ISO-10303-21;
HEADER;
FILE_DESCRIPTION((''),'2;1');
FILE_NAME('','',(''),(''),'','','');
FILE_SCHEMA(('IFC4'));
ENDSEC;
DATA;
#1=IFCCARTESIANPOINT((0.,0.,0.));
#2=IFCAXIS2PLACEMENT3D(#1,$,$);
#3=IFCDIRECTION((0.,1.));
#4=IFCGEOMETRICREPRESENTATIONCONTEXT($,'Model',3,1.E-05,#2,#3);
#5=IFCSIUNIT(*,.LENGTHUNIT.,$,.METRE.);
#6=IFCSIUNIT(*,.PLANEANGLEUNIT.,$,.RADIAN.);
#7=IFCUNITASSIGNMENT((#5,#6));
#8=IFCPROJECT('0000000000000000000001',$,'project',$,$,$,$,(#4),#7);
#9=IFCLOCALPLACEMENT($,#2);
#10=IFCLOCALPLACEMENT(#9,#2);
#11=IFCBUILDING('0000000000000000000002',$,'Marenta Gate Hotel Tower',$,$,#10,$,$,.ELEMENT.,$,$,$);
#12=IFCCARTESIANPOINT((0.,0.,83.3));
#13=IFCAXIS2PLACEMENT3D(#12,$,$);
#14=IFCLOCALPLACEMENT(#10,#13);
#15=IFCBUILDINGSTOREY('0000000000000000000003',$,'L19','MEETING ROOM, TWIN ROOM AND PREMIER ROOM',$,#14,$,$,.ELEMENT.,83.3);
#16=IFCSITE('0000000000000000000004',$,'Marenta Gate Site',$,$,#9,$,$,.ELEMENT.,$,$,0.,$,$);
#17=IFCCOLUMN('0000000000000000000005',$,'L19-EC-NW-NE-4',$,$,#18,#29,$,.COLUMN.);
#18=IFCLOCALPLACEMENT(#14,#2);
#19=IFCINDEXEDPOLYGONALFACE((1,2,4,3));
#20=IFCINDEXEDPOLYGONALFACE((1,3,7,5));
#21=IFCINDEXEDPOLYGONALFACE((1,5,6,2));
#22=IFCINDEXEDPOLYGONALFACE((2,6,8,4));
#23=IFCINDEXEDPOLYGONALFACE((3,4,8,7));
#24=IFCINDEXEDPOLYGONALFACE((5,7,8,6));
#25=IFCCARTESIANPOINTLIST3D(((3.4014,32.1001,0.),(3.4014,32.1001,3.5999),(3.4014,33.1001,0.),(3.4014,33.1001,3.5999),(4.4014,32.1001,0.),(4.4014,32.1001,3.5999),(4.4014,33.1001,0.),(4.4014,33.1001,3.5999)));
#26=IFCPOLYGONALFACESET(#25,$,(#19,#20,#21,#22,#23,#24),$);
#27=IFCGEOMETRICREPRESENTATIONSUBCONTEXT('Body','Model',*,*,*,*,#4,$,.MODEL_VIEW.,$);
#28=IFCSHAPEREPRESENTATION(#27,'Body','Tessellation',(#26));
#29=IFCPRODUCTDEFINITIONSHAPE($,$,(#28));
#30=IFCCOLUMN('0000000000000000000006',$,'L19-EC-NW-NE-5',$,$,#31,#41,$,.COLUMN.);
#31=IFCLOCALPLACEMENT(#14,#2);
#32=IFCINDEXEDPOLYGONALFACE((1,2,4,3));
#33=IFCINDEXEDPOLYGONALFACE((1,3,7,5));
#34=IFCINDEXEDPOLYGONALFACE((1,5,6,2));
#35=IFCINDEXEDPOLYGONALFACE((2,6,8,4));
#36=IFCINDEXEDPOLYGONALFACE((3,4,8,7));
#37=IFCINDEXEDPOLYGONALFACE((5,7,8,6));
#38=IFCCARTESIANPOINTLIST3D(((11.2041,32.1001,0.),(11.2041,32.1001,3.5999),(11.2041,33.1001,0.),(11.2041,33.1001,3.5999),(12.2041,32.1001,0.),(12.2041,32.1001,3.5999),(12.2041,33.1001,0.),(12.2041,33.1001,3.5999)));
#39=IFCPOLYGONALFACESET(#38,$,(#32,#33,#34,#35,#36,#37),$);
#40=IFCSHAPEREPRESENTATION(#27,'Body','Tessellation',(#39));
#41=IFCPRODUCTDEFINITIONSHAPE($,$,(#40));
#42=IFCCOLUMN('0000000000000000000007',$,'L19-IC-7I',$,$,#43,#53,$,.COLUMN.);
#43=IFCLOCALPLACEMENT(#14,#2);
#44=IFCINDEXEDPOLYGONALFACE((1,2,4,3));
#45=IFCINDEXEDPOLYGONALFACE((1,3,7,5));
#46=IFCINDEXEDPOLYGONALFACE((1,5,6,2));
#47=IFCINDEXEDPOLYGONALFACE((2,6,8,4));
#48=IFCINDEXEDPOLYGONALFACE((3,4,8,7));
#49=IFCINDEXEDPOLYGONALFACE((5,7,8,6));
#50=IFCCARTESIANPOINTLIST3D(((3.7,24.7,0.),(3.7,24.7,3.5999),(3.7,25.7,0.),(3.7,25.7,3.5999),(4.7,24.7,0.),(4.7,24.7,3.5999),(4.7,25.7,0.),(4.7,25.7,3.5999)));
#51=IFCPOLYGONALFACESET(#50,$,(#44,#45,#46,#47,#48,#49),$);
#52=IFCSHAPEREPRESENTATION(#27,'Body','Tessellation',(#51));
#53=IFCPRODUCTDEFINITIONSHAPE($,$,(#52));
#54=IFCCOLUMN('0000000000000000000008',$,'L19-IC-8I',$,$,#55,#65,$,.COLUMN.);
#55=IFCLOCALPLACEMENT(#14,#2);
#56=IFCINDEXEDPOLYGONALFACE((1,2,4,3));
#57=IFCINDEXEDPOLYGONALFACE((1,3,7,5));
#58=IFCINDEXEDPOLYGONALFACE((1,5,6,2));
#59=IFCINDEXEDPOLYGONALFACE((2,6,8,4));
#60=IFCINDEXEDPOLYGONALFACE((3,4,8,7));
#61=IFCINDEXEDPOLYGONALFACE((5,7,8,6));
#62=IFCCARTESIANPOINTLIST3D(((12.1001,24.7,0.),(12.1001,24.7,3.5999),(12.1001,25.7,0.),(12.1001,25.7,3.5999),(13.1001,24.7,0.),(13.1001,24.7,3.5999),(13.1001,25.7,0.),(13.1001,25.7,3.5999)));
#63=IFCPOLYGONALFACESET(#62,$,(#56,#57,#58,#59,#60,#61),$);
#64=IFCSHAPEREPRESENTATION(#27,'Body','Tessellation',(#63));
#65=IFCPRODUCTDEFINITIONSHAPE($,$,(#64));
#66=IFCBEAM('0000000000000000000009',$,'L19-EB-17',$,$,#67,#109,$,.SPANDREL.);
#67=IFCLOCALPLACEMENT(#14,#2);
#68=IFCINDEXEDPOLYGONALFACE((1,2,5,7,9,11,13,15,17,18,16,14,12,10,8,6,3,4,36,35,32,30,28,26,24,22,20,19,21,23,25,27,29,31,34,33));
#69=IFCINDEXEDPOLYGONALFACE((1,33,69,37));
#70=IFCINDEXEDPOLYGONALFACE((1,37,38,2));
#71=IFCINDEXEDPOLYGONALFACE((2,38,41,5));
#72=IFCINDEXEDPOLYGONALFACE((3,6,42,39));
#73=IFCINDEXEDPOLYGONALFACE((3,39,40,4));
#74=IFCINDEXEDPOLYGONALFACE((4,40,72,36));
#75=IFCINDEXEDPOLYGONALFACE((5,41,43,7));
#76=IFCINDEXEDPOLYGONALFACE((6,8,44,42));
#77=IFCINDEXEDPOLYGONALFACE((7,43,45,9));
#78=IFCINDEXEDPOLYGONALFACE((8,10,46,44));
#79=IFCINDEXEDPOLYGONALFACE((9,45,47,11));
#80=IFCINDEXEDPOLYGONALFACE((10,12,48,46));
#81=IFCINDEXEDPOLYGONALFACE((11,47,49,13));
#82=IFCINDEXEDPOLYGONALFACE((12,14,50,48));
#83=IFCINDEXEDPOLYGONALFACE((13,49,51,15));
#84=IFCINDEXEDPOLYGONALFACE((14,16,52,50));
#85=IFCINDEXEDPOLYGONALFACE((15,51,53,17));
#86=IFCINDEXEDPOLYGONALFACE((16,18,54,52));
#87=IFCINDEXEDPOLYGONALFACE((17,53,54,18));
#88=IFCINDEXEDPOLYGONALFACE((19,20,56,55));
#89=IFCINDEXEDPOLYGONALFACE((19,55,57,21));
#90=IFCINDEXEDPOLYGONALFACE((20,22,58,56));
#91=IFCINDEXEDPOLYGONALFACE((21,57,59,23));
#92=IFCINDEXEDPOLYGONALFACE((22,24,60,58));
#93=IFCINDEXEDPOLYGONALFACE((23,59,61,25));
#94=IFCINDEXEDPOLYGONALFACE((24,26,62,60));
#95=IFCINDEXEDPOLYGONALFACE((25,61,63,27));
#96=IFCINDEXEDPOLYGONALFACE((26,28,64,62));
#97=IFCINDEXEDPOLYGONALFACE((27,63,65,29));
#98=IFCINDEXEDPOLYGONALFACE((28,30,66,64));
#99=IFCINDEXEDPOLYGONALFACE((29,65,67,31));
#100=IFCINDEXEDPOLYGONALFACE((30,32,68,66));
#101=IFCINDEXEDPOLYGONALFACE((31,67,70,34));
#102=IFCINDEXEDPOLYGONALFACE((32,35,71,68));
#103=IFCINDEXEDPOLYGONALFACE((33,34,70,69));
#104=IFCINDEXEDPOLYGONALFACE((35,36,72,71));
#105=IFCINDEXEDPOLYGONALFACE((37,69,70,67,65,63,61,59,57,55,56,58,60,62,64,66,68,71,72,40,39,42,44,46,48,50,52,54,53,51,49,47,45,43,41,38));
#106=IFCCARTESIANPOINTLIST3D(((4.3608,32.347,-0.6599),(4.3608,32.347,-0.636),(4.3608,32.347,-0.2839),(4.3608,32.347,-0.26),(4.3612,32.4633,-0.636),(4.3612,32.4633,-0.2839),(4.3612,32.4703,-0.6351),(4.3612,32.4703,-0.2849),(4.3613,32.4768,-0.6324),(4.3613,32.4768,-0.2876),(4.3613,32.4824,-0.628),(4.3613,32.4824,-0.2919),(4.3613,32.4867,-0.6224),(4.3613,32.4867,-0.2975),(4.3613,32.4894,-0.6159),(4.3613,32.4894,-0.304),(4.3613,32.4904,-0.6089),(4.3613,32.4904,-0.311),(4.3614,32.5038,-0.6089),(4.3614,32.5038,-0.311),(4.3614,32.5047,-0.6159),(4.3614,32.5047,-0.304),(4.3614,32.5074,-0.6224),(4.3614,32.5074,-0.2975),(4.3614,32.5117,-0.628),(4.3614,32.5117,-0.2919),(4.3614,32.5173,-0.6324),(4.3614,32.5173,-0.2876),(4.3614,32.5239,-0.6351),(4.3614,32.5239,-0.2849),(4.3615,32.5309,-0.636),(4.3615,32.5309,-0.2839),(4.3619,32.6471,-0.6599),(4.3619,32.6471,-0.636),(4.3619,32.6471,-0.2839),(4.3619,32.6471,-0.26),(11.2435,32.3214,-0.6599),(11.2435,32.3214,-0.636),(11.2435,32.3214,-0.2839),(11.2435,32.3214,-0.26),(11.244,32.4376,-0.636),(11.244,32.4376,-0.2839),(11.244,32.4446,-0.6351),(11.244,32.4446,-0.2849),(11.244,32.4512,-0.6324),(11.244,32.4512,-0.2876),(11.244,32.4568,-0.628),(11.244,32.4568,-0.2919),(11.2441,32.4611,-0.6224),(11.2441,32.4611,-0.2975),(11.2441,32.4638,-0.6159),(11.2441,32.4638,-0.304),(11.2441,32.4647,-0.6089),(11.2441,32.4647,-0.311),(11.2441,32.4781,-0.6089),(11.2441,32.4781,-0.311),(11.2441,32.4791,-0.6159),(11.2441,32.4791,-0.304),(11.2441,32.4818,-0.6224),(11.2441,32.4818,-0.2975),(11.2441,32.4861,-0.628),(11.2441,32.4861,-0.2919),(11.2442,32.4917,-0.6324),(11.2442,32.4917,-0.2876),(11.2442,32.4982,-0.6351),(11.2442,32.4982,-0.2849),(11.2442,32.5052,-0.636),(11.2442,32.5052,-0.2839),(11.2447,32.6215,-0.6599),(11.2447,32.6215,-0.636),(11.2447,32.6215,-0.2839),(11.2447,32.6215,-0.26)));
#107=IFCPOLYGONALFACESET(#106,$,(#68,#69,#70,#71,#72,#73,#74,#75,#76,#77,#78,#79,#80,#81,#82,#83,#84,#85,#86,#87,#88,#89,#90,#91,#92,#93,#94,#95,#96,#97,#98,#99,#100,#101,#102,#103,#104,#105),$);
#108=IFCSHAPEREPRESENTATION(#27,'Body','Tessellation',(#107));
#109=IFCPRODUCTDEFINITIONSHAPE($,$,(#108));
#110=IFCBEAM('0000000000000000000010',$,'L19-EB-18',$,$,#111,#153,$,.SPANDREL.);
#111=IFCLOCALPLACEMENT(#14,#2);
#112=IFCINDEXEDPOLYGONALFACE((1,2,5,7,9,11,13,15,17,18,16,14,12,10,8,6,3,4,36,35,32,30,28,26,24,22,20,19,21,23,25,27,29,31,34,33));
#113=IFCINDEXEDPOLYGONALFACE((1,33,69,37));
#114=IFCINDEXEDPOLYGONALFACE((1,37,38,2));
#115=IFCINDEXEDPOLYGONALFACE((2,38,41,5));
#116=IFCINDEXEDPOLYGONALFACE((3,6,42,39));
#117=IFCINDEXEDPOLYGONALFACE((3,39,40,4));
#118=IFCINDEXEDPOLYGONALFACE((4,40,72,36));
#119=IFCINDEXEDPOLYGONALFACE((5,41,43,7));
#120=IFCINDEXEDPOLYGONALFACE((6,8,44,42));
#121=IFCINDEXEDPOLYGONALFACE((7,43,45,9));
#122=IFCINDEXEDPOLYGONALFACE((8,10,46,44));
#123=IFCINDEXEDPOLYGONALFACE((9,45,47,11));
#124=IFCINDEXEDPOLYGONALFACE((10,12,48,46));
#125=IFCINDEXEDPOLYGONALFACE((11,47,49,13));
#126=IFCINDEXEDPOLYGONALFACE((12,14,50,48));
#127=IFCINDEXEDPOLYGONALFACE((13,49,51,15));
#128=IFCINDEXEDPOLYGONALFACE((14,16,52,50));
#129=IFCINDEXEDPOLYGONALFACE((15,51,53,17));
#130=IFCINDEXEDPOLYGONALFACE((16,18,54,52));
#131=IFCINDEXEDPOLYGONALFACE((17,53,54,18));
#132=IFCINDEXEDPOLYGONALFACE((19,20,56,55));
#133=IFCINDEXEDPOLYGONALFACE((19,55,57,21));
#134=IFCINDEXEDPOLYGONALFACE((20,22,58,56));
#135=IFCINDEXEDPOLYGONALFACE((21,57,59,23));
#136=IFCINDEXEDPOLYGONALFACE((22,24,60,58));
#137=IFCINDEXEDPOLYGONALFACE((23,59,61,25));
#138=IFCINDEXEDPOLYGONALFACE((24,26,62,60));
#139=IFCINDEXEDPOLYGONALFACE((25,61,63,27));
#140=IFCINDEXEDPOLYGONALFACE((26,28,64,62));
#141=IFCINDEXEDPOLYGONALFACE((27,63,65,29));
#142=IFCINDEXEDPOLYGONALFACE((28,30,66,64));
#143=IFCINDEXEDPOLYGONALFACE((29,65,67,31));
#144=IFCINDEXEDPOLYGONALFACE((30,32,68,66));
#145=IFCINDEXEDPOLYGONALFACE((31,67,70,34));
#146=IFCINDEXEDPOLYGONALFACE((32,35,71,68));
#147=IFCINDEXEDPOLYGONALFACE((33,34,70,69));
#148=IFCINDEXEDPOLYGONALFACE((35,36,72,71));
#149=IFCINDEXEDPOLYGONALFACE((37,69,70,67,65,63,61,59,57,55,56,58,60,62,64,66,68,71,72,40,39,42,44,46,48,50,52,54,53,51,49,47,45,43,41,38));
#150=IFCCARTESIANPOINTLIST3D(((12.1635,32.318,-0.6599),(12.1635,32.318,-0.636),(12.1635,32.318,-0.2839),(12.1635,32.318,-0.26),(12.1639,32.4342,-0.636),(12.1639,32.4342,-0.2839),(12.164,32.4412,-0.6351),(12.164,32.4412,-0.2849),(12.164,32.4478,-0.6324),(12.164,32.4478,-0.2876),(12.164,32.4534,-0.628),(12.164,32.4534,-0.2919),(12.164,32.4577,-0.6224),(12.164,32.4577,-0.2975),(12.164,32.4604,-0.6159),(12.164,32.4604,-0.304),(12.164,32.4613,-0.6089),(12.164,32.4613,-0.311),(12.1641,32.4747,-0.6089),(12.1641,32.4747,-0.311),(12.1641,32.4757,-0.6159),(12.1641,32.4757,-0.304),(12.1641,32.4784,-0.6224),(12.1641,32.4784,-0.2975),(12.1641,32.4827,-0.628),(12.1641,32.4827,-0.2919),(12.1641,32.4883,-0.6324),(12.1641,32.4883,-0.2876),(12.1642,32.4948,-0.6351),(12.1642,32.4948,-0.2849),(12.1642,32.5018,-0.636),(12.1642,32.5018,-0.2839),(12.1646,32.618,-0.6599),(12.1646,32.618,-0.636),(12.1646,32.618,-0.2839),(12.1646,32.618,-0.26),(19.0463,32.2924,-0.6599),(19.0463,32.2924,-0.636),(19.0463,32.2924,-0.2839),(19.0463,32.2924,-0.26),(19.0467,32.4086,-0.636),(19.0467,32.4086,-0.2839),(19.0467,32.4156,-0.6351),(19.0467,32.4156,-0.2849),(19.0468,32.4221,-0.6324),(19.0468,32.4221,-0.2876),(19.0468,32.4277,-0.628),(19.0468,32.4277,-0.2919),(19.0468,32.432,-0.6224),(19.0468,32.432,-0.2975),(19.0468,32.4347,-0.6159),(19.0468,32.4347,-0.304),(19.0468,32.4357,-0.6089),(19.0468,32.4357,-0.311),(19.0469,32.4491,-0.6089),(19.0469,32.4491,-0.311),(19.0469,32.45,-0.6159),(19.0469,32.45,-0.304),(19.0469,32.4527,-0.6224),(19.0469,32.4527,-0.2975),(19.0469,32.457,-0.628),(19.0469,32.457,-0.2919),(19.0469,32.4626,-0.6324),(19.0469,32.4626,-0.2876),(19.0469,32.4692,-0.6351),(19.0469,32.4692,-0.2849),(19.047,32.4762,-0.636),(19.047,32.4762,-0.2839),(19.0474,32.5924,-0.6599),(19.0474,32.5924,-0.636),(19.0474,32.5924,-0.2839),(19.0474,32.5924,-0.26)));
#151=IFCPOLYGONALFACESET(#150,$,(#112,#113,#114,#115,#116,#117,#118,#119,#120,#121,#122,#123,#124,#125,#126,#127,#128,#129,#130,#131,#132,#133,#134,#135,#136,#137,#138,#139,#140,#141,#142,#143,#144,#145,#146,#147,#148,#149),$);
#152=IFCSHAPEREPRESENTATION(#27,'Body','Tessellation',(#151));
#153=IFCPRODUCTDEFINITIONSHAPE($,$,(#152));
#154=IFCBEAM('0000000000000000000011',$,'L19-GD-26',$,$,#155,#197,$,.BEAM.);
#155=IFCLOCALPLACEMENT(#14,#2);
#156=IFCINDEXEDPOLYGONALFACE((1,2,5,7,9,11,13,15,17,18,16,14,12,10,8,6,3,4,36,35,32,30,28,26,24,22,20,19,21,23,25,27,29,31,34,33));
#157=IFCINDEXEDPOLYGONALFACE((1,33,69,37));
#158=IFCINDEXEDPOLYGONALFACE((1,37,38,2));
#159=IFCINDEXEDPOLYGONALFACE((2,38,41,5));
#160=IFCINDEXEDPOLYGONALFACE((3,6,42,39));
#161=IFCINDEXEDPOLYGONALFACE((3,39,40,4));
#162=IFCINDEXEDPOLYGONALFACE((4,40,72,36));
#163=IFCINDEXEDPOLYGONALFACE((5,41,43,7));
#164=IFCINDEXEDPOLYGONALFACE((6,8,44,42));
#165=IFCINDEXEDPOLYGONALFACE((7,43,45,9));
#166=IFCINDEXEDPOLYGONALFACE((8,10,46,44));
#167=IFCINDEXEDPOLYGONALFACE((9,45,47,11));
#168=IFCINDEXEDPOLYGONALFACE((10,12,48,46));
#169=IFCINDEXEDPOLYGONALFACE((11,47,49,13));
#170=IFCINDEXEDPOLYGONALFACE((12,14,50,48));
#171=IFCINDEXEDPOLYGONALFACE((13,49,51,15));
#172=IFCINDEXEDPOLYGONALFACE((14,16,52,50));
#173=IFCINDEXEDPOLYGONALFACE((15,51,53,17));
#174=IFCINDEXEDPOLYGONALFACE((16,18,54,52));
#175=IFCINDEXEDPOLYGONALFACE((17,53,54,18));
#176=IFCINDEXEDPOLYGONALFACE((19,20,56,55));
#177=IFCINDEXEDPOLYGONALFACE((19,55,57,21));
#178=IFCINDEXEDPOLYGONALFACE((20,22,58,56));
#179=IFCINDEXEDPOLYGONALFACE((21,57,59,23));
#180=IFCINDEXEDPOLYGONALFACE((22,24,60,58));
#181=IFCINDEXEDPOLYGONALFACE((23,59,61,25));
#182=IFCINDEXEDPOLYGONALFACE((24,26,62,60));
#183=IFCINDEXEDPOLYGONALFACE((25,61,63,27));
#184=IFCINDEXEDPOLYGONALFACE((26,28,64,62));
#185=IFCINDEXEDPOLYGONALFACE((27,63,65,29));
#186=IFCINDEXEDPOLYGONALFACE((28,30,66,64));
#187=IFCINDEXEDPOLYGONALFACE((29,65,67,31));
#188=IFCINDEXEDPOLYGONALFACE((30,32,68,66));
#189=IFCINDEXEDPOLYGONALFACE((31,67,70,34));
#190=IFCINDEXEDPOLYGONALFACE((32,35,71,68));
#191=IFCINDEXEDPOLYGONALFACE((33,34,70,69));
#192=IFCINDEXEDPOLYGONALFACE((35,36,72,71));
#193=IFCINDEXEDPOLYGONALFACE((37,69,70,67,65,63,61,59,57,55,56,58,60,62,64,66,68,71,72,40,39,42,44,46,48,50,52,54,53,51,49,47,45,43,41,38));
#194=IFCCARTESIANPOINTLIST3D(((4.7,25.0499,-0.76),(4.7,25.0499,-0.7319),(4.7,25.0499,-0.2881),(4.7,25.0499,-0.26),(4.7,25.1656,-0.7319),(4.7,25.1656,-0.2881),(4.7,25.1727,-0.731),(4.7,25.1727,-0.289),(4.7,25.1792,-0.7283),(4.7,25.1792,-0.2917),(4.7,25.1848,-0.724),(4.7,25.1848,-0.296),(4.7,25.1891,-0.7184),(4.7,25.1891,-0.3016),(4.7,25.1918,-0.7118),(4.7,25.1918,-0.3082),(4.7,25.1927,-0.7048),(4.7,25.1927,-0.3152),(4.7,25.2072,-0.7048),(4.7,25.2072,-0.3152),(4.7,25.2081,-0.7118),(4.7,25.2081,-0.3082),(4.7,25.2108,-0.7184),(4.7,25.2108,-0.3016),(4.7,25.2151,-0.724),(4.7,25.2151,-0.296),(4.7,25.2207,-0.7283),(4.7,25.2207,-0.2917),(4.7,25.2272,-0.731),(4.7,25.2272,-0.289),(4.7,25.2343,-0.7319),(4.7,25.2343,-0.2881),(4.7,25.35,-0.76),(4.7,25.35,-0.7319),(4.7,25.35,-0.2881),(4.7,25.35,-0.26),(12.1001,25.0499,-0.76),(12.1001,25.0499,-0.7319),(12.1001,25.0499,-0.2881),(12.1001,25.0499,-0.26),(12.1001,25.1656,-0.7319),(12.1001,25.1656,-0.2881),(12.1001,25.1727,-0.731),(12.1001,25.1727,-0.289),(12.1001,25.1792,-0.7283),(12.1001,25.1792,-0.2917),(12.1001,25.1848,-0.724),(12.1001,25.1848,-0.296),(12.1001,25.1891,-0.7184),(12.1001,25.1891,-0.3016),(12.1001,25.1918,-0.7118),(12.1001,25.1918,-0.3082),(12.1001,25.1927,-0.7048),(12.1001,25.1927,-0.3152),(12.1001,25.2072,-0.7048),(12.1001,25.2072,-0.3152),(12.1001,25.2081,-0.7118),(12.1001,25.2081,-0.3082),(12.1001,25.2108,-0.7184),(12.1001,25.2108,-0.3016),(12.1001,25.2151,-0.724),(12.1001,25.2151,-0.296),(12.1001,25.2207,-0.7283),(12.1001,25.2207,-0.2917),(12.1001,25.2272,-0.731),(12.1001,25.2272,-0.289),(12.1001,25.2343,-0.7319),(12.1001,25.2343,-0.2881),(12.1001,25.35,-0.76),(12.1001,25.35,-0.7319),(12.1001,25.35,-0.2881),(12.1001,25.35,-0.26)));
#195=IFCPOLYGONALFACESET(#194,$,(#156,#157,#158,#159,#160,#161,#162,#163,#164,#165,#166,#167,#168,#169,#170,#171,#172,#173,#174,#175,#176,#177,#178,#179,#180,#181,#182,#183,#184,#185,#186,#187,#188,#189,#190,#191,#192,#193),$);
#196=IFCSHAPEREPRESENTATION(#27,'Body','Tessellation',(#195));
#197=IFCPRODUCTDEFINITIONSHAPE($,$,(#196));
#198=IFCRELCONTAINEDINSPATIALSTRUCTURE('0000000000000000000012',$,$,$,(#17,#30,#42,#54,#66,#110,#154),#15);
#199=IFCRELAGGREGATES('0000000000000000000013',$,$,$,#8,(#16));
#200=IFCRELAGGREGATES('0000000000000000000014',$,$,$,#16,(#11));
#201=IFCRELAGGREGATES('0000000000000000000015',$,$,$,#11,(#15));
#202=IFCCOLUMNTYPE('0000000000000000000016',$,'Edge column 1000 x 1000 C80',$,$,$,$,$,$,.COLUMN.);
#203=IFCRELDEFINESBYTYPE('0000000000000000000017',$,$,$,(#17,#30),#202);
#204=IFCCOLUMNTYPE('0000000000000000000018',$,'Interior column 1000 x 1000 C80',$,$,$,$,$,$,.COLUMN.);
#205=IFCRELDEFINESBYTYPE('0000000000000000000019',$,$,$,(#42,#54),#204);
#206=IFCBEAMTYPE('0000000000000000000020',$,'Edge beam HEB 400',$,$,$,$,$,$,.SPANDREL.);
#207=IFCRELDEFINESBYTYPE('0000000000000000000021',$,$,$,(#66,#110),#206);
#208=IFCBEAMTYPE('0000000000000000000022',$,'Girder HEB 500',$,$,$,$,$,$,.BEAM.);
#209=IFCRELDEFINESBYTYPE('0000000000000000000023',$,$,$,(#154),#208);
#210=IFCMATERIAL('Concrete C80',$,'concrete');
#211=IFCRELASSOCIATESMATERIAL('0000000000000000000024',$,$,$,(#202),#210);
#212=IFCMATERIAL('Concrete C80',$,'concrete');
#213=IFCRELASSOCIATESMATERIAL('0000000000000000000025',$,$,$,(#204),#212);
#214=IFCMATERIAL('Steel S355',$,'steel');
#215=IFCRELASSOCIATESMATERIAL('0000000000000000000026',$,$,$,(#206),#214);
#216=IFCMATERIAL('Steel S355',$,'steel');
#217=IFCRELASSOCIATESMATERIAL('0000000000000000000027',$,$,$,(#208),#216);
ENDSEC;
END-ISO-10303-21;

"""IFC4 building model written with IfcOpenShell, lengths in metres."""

from ifc_helpers import new_model, si_unit, direction, frame, origin, origin_2d, place, context, subcontext, project, spatial, rectangle, i_section, extrude, material, material_profile, profile_set, type_object, element, save


model = new_model("IFC4")

# Units and contexts
model_context = context("Model", 3, precision=1e-05, world=origin(), true_north=direction((0.0, 1.0)))
body_context = subcontext(model_context, "Body", "Model", "MODEL_VIEW")
ifc_project = project(units=[si_unit("LENGTHUNIT", "METRE"), si_unit("PLANEANGLEUNIT", "RADIAN")], contexts=[model_context])

# Site, building, storey
site_placement = place(None, origin())
site = spatial("IfcSite", under=ifc_project, at=site_placement, Name="Marenta Gate Site", CompositionType="ELEMENT", RefElevation=0.0)
building_placement = place(site_placement, origin())
building = spatial("IfcBuilding", under=site, at=building_placement, Name="Marenta Gate Hotel Tower", CompositionType="ELEMENT")
storey_placement = place(building_placement, frame((0.0, 0.0, 83.3)))
storey = spatial("IfcBuildingStorey", under=building, at=storey_placement, Name="L19", Description="MEETING ROOM, TWIN ROOM AND PREMIER ROOM", CompositionType="ELEMENT", Elevation=83.3)

# Columns
ifc_material_1 = material(Name="Concrete C80", Category="concrete")
ifc_material_profile_1 = material_profile(ifc_material_1, rectangle(XDim=1.0, YDim=1.0, at=origin_2d()), Name="1000 x 1000")
ifc_profile_set_1 = profile_set([ifc_material_profile_1], Name="Concrete C80")
column_type_1 = type_object("IfcColumnType", Name="Edge column 1000 x 1000 C80", PredefinedType="COLUMN", material=ifc_profile_set_1)
for number, where, z_axis, x_axis, name in (
    (1, (3.9014, 32.6001, 0.0), (0.0, 0.0, 1.0), (1.0, 0.0, 0.0), "L19-EC-NW-NE-4"),
    (2, (11.7041, 32.6001, 0.0), (0.0, 0.0, 1.0), (1.0, 0.0, 0.0), "L19-EC-NW-NE-5"),
):
    element("IfcColumn", number, at=place(storey_placement, frame(where, z_axis=z_axis, x_axis=x_axis)), inside=storey, type_object=column_type_1, Name=name, PredefinedType="COLUMN", context=body_context, shape_type="SweptSolid", body=[
        extrude(rectangle(XDim=1.0, YDim=1.0, at=origin_2d()), origin(), (0.0, 0.0, 1.0), 3.5999),
    ])
ifc_material_2 = material(Name="Concrete C80", Category="concrete")
ifc_material_profile_2 = material_profile(ifc_material_2, rectangle(XDim=1.0, YDim=1.0, at=origin_2d()), Name="1000 x 1000")
ifc_profile_set_2 = profile_set([ifc_material_profile_2], Name="Concrete C80")
column_type_2 = type_object("IfcColumnType", Name="Interior column 1000 x 1000 C80", PredefinedType="COLUMN", material=ifc_profile_set_2)
for number, where, z_axis, x_axis, name in (
    (3, (4.2, 25.2, 0.0), (0.0, 0.0, 1.0), (1.0, 0.0, 0.0), "L19-IC-7I"),
    (4, (12.6001, 25.2, 0.0), (0.0, 0.0, 1.0), (1.0, 0.0, 0.0), "L19-IC-8I"),
):
    element("IfcColumn", number, at=place(storey_placement, frame(where, z_axis=z_axis, x_axis=x_axis)), inside=storey, type_object=column_type_2, Name=name, PredefinedType="COLUMN", context=body_context, shape_type="SweptSolid", body=[
        extrude(rectangle(XDim=1.0, YDim=1.0, at=origin_2d()), origin(), (0.0, 0.0, 1.0), 3.5999),
    ])

# Beams
ifc_material_3 = material(Name="Steel S355", Category="steel")
ifc_material_profile_3 = material_profile(ifc_material_3, i_section(OverallWidth=0.3, OverallDepth=0.3999, WebThickness=0.0134, FlangeThickness=0.0239, FilletRadius=0.0271, at=origin_2d()), Name="HEB 400")
ifc_profile_set_3 = profile_set([ifc_material_profile_3], Name="Steel S355")
beam_type_1 = type_object("IfcBeamType", Name="Edge beam HEB 400", PredefinedType="SPANDREL", material=ifc_profile_set_3)
for number, where, z_axis, x_axis, name in (
    (5, (4.3613, 32.4971, -0.46), (0.999993, -0.003724, 0.0), (0.003724, 0.999993, 0.0), "L19-EB-17"),
    (6, (12.1641, 32.468, -0.46), (0.999993, -0.003724, 0.0), (0.003724, 0.999993, 0.0), "L19-EB-18"),
):
    element("IfcBeam", number, at=place(storey_placement, frame(where, z_axis=z_axis, x_axis=x_axis)), inside=storey, type_object=beam_type_1, Name=name, PredefinedType="SPANDREL", context=body_context, shape_type="SweptSolid", body=[
        extrude(i_section(OverallWidth=0.3, OverallDepth=0.3999, WebThickness=0.0134, FlangeThickness=0.0239, FilletRadius=0.0271, at=origin_2d()), origin(), (0.0, 0.0, 1.0), 6.8828),
    ])
ifc_material_4 = material(Name="Steel S355", Category="steel")
ifc_material_profile_4 = material_profile(ifc_material_4, i_section(OverallWidth=0.3, OverallDepth=0.5, WebThickness=0.0144, FlangeThickness=0.0281, FilletRadius=0.0271, at=origin_2d()), Name="HEB 500")
ifc_profile_set_4 = profile_set([ifc_material_profile_4], Name="Steel S355")
beam_type_2 = type_object("IfcBeamType", Name="Girder HEB 500", PredefinedType="BEAM", material=ifc_profile_set_4)
beam_1_placement = place(storey_placement, frame((4.7, 25.2, -0.51), z_axis=(1.0, 0.0, 0.0), x_axis=(0.0, 1.0, 0.0)))
element("IfcBeam", 7, at=beam_1_placement, inside=storey, type_object=beam_type_2, Name="L19-GD-26", PredefinedType="BEAM", context=body_context, shape_type="SweptSolid", body=[
    extrude(i_section(OverallWidth=0.3, OverallDepth=0.5, WebThickness=0.0144, FlangeThickness=0.0281, FilletRadius=0.0271, at=origin_2d()), origin(), (0.0, 0.0, 1.0), 7.4001),
])

save(model, "model.ifc")
